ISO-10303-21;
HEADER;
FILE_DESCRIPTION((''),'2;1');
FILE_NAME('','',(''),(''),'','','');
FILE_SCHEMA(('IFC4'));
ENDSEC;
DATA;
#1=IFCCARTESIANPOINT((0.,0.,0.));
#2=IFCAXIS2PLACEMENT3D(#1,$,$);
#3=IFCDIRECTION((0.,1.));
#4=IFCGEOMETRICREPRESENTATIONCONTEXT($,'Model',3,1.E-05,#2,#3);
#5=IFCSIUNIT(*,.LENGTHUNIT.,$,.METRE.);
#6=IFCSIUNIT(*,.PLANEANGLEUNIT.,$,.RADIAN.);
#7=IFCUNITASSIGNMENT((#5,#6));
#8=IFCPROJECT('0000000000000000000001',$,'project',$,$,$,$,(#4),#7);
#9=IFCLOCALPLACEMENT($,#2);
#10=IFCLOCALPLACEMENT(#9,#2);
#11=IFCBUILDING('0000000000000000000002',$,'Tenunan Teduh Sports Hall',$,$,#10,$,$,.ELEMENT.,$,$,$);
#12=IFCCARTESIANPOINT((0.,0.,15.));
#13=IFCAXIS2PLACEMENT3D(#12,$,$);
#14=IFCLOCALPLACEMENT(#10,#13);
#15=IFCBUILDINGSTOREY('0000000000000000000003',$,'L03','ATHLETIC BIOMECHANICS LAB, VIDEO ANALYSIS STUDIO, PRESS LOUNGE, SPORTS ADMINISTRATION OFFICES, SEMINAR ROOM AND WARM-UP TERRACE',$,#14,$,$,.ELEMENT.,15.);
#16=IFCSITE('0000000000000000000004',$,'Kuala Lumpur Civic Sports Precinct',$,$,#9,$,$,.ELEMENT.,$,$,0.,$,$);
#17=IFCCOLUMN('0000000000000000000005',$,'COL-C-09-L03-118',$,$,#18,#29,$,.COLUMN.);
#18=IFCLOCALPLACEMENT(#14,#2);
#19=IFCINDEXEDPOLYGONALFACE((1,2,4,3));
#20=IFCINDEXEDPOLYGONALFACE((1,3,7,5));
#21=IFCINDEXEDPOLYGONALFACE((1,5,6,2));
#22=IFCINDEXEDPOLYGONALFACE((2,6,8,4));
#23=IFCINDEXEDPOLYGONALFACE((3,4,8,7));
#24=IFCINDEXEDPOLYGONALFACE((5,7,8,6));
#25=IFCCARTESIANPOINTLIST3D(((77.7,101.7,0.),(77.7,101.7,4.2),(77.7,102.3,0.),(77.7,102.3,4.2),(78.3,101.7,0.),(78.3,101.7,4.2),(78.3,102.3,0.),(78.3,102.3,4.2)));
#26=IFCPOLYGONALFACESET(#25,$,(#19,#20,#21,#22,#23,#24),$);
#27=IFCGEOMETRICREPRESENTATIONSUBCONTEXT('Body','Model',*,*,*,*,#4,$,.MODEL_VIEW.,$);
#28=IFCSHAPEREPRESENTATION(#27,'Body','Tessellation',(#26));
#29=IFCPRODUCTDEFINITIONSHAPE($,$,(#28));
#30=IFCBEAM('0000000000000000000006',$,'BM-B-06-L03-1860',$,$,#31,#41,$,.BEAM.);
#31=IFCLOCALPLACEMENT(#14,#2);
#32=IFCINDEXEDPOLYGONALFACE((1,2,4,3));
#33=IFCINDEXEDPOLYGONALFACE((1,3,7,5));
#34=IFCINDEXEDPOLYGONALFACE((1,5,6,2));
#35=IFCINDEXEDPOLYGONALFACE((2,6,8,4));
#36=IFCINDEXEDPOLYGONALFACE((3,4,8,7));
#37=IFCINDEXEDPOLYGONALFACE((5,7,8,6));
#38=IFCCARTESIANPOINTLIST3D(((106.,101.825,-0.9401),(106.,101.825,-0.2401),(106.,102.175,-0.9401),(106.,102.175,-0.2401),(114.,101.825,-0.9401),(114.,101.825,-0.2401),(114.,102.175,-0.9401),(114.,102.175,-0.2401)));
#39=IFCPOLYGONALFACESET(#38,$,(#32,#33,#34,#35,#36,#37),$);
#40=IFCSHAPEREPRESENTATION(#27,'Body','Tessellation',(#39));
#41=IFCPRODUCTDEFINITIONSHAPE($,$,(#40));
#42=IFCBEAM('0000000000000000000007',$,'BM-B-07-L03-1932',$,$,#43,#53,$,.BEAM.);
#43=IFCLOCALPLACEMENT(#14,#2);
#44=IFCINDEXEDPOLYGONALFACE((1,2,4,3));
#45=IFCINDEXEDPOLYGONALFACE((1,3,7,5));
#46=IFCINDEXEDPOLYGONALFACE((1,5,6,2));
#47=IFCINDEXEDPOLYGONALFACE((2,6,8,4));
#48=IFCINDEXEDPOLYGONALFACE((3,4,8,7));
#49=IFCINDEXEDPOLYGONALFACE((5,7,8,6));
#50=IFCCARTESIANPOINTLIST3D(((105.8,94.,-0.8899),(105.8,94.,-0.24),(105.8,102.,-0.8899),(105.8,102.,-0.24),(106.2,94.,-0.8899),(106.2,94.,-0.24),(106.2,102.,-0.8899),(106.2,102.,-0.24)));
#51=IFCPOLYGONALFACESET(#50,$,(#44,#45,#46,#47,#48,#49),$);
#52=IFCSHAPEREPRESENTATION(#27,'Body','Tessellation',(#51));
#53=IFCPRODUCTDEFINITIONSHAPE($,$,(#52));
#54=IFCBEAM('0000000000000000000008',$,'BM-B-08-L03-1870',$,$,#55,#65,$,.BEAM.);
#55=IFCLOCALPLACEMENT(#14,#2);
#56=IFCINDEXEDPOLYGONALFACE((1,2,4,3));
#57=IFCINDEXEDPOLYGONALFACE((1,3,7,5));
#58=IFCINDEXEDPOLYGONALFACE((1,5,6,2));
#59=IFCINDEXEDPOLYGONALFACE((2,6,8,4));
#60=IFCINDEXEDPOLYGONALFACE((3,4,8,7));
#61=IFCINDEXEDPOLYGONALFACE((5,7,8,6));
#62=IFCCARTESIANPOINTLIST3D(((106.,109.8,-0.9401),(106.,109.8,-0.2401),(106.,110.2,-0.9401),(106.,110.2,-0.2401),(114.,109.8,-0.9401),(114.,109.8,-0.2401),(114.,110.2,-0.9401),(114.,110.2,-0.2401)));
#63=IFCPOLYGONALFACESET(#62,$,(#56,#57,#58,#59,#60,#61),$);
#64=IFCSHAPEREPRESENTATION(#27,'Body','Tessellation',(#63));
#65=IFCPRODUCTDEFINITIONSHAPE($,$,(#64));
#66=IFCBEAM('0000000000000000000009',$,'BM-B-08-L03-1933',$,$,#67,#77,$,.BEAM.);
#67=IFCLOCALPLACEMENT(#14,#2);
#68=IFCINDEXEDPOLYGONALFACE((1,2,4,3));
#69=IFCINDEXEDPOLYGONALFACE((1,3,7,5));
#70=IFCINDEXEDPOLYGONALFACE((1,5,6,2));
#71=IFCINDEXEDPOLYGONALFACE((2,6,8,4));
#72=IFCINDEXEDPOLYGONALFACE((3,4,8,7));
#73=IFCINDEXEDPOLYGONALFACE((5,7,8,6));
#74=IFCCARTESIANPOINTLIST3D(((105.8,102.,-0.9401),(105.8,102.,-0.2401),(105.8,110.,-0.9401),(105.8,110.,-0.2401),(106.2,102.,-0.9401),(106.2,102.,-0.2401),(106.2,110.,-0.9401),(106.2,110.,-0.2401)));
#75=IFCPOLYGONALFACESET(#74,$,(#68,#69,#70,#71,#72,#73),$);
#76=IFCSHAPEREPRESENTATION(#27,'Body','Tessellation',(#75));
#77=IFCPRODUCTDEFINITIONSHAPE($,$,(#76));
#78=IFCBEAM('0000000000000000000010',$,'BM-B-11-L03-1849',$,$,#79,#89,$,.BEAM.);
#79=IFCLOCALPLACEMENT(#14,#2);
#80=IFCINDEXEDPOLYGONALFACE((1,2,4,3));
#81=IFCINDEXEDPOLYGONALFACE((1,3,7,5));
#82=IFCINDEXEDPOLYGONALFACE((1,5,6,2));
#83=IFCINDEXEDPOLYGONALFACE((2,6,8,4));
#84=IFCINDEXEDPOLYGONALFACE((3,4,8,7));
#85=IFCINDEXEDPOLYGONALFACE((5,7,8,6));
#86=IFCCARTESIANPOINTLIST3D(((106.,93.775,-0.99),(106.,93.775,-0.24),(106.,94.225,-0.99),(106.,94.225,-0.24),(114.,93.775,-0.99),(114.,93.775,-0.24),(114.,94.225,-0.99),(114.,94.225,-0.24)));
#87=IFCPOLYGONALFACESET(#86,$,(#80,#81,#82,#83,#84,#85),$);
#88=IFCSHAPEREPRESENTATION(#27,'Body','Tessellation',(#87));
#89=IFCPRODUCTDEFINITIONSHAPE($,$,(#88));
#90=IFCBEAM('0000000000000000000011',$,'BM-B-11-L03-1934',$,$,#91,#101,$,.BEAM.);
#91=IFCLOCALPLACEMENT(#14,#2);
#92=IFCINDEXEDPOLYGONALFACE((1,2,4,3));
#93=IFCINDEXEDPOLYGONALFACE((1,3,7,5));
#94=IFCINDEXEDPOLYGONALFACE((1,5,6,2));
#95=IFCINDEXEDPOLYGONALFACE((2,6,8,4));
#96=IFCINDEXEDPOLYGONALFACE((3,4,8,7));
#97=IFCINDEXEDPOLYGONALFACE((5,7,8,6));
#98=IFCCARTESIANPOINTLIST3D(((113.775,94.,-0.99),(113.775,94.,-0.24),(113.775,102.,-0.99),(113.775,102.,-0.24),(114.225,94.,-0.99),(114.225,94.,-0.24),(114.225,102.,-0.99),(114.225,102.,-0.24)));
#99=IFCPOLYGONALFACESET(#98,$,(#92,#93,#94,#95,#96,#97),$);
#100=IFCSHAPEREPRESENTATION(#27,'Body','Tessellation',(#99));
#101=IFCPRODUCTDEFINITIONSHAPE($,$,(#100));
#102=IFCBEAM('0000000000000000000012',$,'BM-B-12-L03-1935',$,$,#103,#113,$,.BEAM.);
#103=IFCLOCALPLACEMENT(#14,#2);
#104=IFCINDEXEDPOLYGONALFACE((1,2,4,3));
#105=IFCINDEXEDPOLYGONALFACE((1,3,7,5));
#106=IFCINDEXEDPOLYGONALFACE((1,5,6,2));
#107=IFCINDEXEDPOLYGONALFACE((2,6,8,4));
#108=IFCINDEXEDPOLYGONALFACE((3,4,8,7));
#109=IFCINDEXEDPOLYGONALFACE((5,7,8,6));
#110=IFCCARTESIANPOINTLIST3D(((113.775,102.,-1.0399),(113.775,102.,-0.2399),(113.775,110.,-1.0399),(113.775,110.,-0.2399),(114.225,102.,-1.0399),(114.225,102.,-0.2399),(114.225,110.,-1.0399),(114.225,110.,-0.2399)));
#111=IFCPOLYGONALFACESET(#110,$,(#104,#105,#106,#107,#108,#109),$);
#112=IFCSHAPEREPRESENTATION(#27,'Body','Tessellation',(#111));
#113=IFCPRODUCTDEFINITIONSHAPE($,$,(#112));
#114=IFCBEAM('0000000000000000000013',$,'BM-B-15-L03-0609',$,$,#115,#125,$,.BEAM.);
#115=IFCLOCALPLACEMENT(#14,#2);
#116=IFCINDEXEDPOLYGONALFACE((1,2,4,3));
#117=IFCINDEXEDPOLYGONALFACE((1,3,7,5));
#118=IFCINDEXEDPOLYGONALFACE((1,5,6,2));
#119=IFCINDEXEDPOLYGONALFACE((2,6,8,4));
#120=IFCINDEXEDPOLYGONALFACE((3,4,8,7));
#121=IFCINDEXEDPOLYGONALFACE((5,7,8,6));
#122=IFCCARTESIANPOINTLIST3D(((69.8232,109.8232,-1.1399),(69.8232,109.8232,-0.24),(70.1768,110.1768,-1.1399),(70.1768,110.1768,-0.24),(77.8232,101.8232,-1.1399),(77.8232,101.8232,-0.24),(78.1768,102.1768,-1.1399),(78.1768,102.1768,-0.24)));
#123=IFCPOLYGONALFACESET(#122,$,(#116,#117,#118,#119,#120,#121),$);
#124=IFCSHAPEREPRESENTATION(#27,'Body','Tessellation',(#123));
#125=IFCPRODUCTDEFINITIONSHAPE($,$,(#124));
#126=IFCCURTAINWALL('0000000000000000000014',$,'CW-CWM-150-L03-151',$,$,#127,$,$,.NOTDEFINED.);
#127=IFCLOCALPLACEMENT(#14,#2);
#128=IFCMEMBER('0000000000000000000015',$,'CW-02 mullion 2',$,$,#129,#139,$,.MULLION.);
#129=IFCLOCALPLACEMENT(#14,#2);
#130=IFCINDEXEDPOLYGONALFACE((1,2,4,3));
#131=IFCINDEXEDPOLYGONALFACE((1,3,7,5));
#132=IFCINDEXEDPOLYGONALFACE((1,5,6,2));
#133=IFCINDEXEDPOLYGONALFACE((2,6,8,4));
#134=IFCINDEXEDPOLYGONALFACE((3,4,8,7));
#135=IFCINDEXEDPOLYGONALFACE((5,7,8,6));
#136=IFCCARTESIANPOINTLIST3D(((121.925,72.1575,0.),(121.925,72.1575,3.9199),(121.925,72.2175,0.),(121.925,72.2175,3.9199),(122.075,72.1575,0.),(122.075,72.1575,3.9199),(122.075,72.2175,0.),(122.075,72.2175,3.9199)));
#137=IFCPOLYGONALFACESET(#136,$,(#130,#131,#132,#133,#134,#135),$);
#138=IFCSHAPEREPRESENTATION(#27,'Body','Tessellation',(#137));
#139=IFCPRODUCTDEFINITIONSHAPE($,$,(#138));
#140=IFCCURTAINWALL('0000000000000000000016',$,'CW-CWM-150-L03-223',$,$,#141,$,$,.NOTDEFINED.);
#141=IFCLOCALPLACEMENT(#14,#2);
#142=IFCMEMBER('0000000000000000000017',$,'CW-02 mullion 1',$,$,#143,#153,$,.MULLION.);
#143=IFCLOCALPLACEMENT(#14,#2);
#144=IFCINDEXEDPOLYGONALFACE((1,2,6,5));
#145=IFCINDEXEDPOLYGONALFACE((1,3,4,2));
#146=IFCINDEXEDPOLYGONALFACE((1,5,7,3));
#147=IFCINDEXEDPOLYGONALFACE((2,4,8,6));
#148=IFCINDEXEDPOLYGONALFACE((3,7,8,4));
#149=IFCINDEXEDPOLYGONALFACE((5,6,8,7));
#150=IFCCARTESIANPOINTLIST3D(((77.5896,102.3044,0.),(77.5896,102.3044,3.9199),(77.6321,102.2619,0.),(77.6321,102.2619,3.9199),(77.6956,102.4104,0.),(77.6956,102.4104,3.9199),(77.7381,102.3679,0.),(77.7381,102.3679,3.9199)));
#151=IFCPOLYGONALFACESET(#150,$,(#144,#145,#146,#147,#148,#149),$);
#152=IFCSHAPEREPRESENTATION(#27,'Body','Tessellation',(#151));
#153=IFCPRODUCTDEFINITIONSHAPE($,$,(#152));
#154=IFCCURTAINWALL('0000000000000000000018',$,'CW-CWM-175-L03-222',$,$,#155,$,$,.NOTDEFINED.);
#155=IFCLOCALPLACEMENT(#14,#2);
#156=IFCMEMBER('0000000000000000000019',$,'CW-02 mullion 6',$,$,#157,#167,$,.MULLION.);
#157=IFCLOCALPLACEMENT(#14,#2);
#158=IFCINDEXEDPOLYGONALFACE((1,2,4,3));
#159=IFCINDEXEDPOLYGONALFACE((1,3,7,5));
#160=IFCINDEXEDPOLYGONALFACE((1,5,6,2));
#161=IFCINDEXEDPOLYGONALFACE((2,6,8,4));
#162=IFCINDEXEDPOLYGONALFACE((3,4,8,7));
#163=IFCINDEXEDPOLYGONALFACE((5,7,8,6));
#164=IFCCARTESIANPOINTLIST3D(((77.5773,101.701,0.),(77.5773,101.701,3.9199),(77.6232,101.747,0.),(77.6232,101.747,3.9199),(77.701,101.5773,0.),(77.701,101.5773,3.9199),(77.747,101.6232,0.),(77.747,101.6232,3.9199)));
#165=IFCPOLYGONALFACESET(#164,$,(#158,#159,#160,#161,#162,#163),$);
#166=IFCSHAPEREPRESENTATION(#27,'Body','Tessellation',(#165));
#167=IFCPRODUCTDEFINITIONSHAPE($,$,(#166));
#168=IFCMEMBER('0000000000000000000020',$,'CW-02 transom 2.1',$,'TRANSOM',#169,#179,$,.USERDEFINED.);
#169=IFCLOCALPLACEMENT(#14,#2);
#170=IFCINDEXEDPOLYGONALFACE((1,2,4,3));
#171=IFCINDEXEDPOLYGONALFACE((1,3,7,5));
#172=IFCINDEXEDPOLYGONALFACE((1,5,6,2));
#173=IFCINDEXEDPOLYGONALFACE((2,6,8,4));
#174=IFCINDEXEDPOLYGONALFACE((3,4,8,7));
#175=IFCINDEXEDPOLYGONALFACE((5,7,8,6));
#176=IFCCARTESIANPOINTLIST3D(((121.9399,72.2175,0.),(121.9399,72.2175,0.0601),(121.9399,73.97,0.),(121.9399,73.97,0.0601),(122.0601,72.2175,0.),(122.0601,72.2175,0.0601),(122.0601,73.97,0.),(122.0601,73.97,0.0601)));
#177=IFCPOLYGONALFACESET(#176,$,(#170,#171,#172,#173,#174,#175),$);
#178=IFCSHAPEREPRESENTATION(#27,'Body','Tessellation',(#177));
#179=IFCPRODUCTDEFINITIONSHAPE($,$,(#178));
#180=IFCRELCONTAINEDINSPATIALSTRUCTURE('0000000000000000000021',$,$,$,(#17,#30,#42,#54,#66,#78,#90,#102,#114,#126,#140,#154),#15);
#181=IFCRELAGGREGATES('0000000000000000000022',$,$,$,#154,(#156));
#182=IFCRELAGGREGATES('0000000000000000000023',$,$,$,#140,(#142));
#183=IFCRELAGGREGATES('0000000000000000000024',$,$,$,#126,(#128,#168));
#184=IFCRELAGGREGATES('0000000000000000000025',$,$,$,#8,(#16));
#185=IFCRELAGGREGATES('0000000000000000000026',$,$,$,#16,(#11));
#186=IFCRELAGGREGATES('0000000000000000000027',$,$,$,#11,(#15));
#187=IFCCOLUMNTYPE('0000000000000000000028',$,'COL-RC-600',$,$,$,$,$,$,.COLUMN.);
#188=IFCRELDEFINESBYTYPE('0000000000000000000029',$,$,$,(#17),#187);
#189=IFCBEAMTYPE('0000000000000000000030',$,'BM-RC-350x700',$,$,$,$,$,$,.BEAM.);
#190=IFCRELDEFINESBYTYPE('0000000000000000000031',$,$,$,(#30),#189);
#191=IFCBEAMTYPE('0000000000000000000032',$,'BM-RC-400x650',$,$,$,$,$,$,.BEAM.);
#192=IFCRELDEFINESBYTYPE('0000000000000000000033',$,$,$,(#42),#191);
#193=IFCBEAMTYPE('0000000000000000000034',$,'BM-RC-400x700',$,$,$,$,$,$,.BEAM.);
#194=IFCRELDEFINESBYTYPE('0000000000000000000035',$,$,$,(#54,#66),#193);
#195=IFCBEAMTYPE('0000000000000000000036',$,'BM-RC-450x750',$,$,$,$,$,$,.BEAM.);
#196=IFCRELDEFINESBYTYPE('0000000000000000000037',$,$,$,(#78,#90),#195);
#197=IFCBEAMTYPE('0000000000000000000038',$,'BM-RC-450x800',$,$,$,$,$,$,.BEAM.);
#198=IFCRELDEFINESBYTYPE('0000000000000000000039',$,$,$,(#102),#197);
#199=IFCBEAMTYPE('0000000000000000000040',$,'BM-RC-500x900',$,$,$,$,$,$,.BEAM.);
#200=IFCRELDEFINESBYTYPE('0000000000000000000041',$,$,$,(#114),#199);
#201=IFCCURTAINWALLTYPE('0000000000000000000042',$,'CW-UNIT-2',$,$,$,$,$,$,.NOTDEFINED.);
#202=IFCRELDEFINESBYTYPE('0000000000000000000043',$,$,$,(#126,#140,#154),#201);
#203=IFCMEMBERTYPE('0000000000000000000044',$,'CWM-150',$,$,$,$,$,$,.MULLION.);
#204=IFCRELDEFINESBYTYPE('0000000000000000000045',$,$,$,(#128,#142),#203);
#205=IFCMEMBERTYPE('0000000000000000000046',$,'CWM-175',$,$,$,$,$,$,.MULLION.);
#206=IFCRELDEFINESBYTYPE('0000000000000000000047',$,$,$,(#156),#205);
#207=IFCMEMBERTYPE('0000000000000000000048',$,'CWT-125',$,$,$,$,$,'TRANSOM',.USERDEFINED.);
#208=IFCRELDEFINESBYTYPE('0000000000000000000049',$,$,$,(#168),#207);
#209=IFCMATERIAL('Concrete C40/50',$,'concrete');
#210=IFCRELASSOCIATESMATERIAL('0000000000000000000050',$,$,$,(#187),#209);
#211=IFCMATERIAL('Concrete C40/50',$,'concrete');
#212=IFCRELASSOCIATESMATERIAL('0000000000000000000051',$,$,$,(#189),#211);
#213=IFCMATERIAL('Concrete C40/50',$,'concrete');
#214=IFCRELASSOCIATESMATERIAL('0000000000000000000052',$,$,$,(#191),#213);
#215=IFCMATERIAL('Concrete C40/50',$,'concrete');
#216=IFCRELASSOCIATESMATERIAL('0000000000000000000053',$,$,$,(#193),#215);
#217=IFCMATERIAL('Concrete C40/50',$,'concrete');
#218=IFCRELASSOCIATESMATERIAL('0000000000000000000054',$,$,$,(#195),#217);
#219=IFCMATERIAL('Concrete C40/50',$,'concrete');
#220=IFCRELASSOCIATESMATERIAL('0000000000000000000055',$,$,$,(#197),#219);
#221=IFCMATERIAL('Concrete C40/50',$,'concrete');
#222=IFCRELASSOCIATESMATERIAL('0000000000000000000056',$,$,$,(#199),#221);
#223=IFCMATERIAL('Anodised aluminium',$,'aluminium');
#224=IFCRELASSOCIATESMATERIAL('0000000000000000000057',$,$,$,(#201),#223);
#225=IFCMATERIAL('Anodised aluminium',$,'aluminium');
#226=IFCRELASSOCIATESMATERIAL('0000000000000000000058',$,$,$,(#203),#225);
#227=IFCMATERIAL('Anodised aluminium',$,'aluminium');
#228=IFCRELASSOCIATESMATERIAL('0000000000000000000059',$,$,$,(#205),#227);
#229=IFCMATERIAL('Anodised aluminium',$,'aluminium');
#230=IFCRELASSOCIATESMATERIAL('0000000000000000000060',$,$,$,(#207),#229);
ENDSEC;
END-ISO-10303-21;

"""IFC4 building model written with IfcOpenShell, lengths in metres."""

from ifc_helpers import new_model, si_unit, direction, frame, origin, origin_2d, place, context, subcontext, project, spatial, rectangle, extrude, material, material_profile, profile_set, type_object, element, aggregate, save


model = new_model("IFC4")

# Units and contexts
model_context = context("Model", 3, precision=1e-05, world=origin(), true_north=direction((0.0, 1.0)))
body_context = subcontext(model_context, "Body", "Model", "MODEL_VIEW")
ifc_project = project(units=[si_unit("LENGTHUNIT", "METRE"), si_unit("PLANEANGLEUNIT", "RADIAN")], contexts=[model_context])

# Site, building, storey
site_placement = place(None, origin())
site = spatial("IfcSite", under=ifc_project, at=site_placement, Name="Kuala Lumpur Civic Sports Precinct", CompositionType="ELEMENT", RefElevation=0.0)
building_placement = place(site_placement, origin())
building = spatial("IfcBuilding", under=site, at=building_placement, Name="Tenunan Teduh Sports Hall", CompositionType="ELEMENT")
storey_placement = place(building_placement, frame((0.0, 0.0, 15.0)))
storey = spatial("IfcBuildingStorey", under=building, at=storey_placement, Name="L03", Description="ATHLETIC BIOMECHANICS LAB, VIDEO ANALYSIS STUDIO, PRESS LOUNGE, SPORTS ADMINISTRATION OFFICES, SEMINAR ROOM AND WARM-UP TERRACE", CompositionType="ELEMENT", Elevation=15.0)

# Column
ifc_material_1 = material(Name="Concrete C40/50", Category="concrete")
ifc_material_profile_1 = material_profile(ifc_material_1, rectangle(XDim=0.6001, YDim=0.6001, at=origin_2d()), Name="RC 600x600")
ifc_profile_set_1 = profile_set([ifc_material_profile_1], Name="Concrete C40/50")
column_type = type_object("IfcColumnType", Name="COL-RC-600", PredefinedType="COLUMN", material=ifc_profile_set_1)
column_placement = place(storey_placement, frame((78.0, 102.0, 0.0), z_axis=(0.0, 0.0, 1.0), x_axis=(1.0, 0.0, 0.0)))
element("IfcColumn", 1, at=column_placement, inside=storey, type_object=column_type, Name="COL-C-09-L03-118", PredefinedType="COLUMN", context=body_context, shape_type="SweptSolid", body=[
    extrude(rectangle(XDim=0.6001, YDim=0.6001, at=origin_2d()), origin(), (0.0, 0.0, 1.0), 4.2),
])

# Beams
ifc_material_2 = material(Name="Concrete C40/50", Category="concrete")
ifc_material_profile_2 = material_profile(ifc_material_2, rectangle(XDim=0.3501, YDim=0.7, at=origin_2d()), Name="RCB 350x700")
ifc_profile_set_2 = profile_set([ifc_material_profile_2], Name="Concrete C40/50")
beam_type_1 = type_object("IfcBeamType", Name="BM-RC-350x700", PredefinedType="BEAM", material=ifc_profile_set_2)
beam_1_placement = place(storey_placement, frame((106.0, 102.0, -0.5901), z_axis=(1.0, 0.0, 0.0), x_axis=(0.0, 1.0, 0.0)))
element("IfcBeam", 2, at=beam_1_placement, inside=storey, type_object=beam_type_1, Name="BM-B-06-L03-1860", PredefinedType="BEAM", context=body_context, shape_type="SweptSolid", body=[
    extrude(rectangle(XDim=0.3501, YDim=0.7, at=origin_2d()), origin(), (0.0, 0.0, 1.0), 8.0),
])
ifc_material_3 = material(Name="Concrete C40/50", Category="concrete")
ifc_material_profile_3 = material_profile(ifc_material_3, rectangle(XDim=0.3999, YDim=0.6499, at=origin_2d()), Name="RCB 400x650")
ifc_profile_set_3 = profile_set([ifc_material_profile_3], Name="Concrete C40/50")
beam_type_2 = type_object("IfcBeamType", Name="BM-RC-400x650", PredefinedType="BEAM", material=ifc_profile_set_3)
beam_2_placement = place(storey_placement, frame((106.0, 94.0, -0.5649), z_axis=(0.0, 1.0, 0.0), x_axis=(-1.0, 0.0, 0.0)))
element("IfcBeam", 3, at=beam_2_placement, inside=storey, type_object=beam_type_2, Name="BM-B-07-L03-1932", PredefinedType="BEAM", context=body_context, shape_type="SweptSolid", body=[
    extrude(rectangle(XDim=0.3999, YDim=0.6499, at=origin_2d()), origin(), (0.0, 0.0, 1.0), 8.0),
])
ifc_material_4 = material(Name="Concrete C40/50", Category="concrete")
ifc_material_profile_4 = material_profile(ifc_material_4, rectangle(XDim=0.3999, YDim=0.7, at=origin_2d()), Name="RCB 400x700")
ifc_profile_set_4 = profile_set([ifc_material_profile_4], Name="Concrete C40/50")
beam_type_3 = type_object("IfcBeamType", Name="BM-RC-400x700", PredefinedType="BEAM", material=ifc_profile_set_4)
for number, where, z_axis, x_axis, name in (
    (4, (106.0, 110.0, -0.5901), (1.0, 0.0, 0.0), (0.0, 1.0, 0.0), "BM-B-08-L03-1870"),
    (5, (106.0, 102.0, -0.5901), (0.0, 1.0, 0.0), (-1.0, 0.0, 0.0), "BM-B-08-L03-1933"),
):
    element("IfcBeam", number, at=place(storey_placement, frame(where, z_axis=z_axis, x_axis=x_axis)), inside=storey, type_object=beam_type_3, Name=name, PredefinedType="BEAM", context=body_context, shape_type="SweptSolid", body=[
        extrude(rectangle(XDim=0.3999, YDim=0.7, at=origin_2d()), origin(), (0.0, 0.0, 1.0), 8.0),
    ])
ifc_material_5 = material(Name="Concrete C40/50", Category="concrete")
ifc_material_profile_5 = material_profile(ifc_material_5, rectangle(XDim=0.45, YDim=0.75, at=origin_2d()), Name="RCB 450x750")
ifc_profile_set_5 = profile_set([ifc_material_profile_5], Name="Concrete C40/50")
beam_type_4 = type_object("IfcBeamType", Name="BM-RC-450x750", PredefinedType="BEAM", material=ifc_profile_set_5)
for number, where, z_axis, x_axis, name in (
    (6, (106.0, 94.0, -0.615), (1.0, 0.0, 0.0), (0.0, 1.0, 0.0), "BM-B-11-L03-1849"),
    (7, (114.0, 94.0, -0.615), (0.0, 1.0, 0.0), (-1.0, 0.0, 0.0), "BM-B-11-L03-1934"),
):
    element("IfcBeam", number, at=place(storey_placement, frame(where, z_axis=z_axis, x_axis=x_axis)), inside=storey, type_object=beam_type_4, Name=name, PredefinedType="BEAM", context=body_context, shape_type="SweptSolid", body=[
        extrude(rectangle(XDim=0.45, YDim=0.75, at=origin_2d()), origin(), (0.0, 0.0, 1.0), 8.0),
    ])
ifc_material_6 = material(Name="Concrete C40/50", Category="concrete")
ifc_material_profile_6 = material_profile(ifc_material_6, rectangle(XDim=0.45, YDim=0.8, at=origin_2d()), Name="RCB 450x800")
ifc_profile_set_6 = profile_set([ifc_material_profile_6], Name="Concrete C40/50")
beam_type_5 = type_object("IfcBeamType", Name="BM-RC-450x800", PredefinedType="BEAM", material=ifc_profile_set_6)
beam_3_placement = place(storey_placement, frame((114.0, 102.0, -0.6399), z_axis=(0.0, 1.0, 0.0), x_axis=(-1.0, 0.0, 0.0)))
element("IfcBeam", 8, at=beam_3_placement, inside=storey, type_object=beam_type_5, Name="BM-B-12-L03-1935", PredefinedType="BEAM", context=body_context, shape_type="SweptSolid", body=[
    extrude(rectangle(XDim=0.45, YDim=0.8, at=origin_2d()), origin(), (0.0, 0.0, 1.0), 8.0),
])
ifc_material_7 = material(Name="Concrete C40/50", Category="concrete")
ifc_material_profile_7 = material_profile(ifc_material_7, rectangle(XDim=0.5, YDim=0.8999, at=origin_2d()), Name="RCB 500x900")
ifc_profile_set_7 = profile_set([ifc_material_profile_7], Name="Concrete C40/50")
beam_type_6 = type_object("IfcBeamType", Name="BM-RC-500x900", PredefinedType="BEAM", material=ifc_profile_set_7)
beam_4_placement = place(storey_placement, frame((78.0, 102.0, -0.6899), z_axis=(-0.707107, 0.707107, 0.0), x_axis=(-0.707107, -0.707107, 0.0)))
element("IfcBeam", 9, at=beam_4_placement, inside=storey, type_object=beam_type_6, Name="BM-B-15-L03-0609", PredefinedType="BEAM", context=body_context, shape_type="SweptSolid", body=[
    extrude(rectangle(XDim=0.5, YDim=0.8999, at=origin_2d()), origin(), (0.0, 0.0, 1.0), 11.3137),
])

# Curtain walls, members
ifc_material_8 = material(Name="Anodised aluminium", Category="aluminium")
curtain_wall_type = type_object("IfcCurtainWallType", Name="CW-UNIT-2", PredefinedType="NOTDEFINED", material=ifc_material_8)
curtain_wall_1_placement = place(storey_placement, origin())
curtain_wall_1 = element("IfcCurtainWall", 10, at=curtain_wall_1_placement, inside=storey, type_object=curtain_wall_type, Name="CW-CWM-150-L03-151", PredefinedType="NOTDEFINED")
ifc_material_9 = material(Name="Anodised aluminium", Category="aluminium")
ifc_material_profile_8 = material_profile(ifc_material_9, rectangle(XDim=0.0601, YDim=0.1499, at=origin_2d()), Name="CWM 60x150")
ifc_profile_set_8 = profile_set([ifc_material_profile_8], Name="Anodised aluminium")
member_type_1 = type_object("IfcMemberType", Name="CWM-150", PredefinedType="MULLION", material=ifc_profile_set_8)
member_1_placement = place(storey_placement, frame((122.0, 72.1875, 0.0), z_axis=(0.0, 0.0, 1.0), x_axis=(0.0, 1.0, 0.0)))
member_1 = element("IfcMember", 11, at=member_1_placement, type_object=member_type_1, Name="CW-02 mullion 2", PredefinedType="MULLION", context=body_context, shape_type="SweptSolid", body=[
    extrude(rectangle(XDim=0.0601, YDim=0.1499, at=origin_2d()), origin(), (0.0, 0.0, 1.0), 3.9199),
])
curtain_wall_2_placement = place(storey_placement, origin())
curtain_wall_2 = element("IfcCurtainWall", 12, at=curtain_wall_2_placement, inside=storey, type_object=curtain_wall_type, Name="CW-CWM-150-L03-223", PredefinedType="NOTDEFINED")
member_2_placement = place(storey_placement, frame((77.6638, 102.3362, 0.0), z_axis=(0.0, 0.0, 1.0), x_axis=(-0.707107, 0.707107, 0.0)))
member_2 = element("IfcMember", 13, at=member_2_placement, type_object=member_type_1, Name="CW-02 mullion 1", PredefinedType="MULLION", context=body_context, shape_type="SweptSolid", body=[
    extrude(rectangle(XDim=0.0601, YDim=0.1499, at=origin_2d()), origin(), (0.0, 0.0, 1.0), 3.9199),
])
curtain_wall_3_placement = place(storey_placement, origin())
curtain_wall_3 = element("IfcCurtainWall", 14, at=curtain_wall_3_placement, inside=storey, type_object=curtain_wall_type, Name="CW-CWM-175-L03-222", PredefinedType="NOTDEFINED")
ifc_material_10 = material(Name="Anodised aluminium", Category="aluminium")
ifc_material_profile_9 = material_profile(ifc_material_10, rectangle(XDim=0.0649, YDim=0.175, at=origin_2d()), Name="CWM 65x175")
ifc_profile_set_9 = profile_set([ifc_material_profile_9], Name="Anodised aluminium")
member_type_2 = type_object("IfcMemberType", Name="CWM-175", PredefinedType="MULLION", material=ifc_profile_set_9)
member_3_placement = place(storey_placement, frame((77.6621, 101.6621, 0.0), z_axis=(0.0, 0.0, 1.0), x_axis=(0.707107, 0.707107, 0.0)))
member_3 = element("IfcMember", 15, at=member_3_placement, type_object=member_type_2, Name="CW-02 mullion 6", PredefinedType="MULLION", context=body_context, shape_type="SweptSolid", body=[
    extrude(rectangle(XDim=0.0649, YDim=0.175, at=origin_2d()), origin(), (0.0, 0.0, 1.0), 3.9199),
])
aggregate(curtain_wall_3, [member_3])

# Member
ifc_material_11 = material(Name="Anodised aluminium", Category="aluminium")
ifc_material_profile_10 = material_profile(ifc_material_11, rectangle(XDim=0.0601, YDim=0.1201, at=origin_2d()), Name="CWT 60x120")
ifc_profile_set_10 = profile_set([ifc_material_profile_10], Name="Anodised aluminium")
member_type_3 = type_object("IfcMemberType", Name="CWT-125", ElementType="TRANSOM", PredefinedType="USERDEFINED", material=ifc_profile_set_10)
member_4_placement = place(storey_placement, frame((122.0, 72.2175, 0.03), z_axis=(0.0, 1.0, 0.0), x_axis=(0.0, 0.0, 1.0)))
member_4 = element("IfcMember", 16, at=member_4_placement, type_object=member_type_3, Name="CW-02 transom 2.1", ObjectType="TRANSOM", PredefinedType="USERDEFINED", context=body_context, shape_type="SweptSolid", body=[
    extrude(rectangle(XDim=0.0601, YDim=0.1201, at=origin_2d()), origin(), (0.0, 0.0, 1.0), 1.7524),
])
aggregate(curtain_wall_2, [member_2])

aggregate(curtain_wall_1, [member_1, member_4])

save(model, "model.ifc")
